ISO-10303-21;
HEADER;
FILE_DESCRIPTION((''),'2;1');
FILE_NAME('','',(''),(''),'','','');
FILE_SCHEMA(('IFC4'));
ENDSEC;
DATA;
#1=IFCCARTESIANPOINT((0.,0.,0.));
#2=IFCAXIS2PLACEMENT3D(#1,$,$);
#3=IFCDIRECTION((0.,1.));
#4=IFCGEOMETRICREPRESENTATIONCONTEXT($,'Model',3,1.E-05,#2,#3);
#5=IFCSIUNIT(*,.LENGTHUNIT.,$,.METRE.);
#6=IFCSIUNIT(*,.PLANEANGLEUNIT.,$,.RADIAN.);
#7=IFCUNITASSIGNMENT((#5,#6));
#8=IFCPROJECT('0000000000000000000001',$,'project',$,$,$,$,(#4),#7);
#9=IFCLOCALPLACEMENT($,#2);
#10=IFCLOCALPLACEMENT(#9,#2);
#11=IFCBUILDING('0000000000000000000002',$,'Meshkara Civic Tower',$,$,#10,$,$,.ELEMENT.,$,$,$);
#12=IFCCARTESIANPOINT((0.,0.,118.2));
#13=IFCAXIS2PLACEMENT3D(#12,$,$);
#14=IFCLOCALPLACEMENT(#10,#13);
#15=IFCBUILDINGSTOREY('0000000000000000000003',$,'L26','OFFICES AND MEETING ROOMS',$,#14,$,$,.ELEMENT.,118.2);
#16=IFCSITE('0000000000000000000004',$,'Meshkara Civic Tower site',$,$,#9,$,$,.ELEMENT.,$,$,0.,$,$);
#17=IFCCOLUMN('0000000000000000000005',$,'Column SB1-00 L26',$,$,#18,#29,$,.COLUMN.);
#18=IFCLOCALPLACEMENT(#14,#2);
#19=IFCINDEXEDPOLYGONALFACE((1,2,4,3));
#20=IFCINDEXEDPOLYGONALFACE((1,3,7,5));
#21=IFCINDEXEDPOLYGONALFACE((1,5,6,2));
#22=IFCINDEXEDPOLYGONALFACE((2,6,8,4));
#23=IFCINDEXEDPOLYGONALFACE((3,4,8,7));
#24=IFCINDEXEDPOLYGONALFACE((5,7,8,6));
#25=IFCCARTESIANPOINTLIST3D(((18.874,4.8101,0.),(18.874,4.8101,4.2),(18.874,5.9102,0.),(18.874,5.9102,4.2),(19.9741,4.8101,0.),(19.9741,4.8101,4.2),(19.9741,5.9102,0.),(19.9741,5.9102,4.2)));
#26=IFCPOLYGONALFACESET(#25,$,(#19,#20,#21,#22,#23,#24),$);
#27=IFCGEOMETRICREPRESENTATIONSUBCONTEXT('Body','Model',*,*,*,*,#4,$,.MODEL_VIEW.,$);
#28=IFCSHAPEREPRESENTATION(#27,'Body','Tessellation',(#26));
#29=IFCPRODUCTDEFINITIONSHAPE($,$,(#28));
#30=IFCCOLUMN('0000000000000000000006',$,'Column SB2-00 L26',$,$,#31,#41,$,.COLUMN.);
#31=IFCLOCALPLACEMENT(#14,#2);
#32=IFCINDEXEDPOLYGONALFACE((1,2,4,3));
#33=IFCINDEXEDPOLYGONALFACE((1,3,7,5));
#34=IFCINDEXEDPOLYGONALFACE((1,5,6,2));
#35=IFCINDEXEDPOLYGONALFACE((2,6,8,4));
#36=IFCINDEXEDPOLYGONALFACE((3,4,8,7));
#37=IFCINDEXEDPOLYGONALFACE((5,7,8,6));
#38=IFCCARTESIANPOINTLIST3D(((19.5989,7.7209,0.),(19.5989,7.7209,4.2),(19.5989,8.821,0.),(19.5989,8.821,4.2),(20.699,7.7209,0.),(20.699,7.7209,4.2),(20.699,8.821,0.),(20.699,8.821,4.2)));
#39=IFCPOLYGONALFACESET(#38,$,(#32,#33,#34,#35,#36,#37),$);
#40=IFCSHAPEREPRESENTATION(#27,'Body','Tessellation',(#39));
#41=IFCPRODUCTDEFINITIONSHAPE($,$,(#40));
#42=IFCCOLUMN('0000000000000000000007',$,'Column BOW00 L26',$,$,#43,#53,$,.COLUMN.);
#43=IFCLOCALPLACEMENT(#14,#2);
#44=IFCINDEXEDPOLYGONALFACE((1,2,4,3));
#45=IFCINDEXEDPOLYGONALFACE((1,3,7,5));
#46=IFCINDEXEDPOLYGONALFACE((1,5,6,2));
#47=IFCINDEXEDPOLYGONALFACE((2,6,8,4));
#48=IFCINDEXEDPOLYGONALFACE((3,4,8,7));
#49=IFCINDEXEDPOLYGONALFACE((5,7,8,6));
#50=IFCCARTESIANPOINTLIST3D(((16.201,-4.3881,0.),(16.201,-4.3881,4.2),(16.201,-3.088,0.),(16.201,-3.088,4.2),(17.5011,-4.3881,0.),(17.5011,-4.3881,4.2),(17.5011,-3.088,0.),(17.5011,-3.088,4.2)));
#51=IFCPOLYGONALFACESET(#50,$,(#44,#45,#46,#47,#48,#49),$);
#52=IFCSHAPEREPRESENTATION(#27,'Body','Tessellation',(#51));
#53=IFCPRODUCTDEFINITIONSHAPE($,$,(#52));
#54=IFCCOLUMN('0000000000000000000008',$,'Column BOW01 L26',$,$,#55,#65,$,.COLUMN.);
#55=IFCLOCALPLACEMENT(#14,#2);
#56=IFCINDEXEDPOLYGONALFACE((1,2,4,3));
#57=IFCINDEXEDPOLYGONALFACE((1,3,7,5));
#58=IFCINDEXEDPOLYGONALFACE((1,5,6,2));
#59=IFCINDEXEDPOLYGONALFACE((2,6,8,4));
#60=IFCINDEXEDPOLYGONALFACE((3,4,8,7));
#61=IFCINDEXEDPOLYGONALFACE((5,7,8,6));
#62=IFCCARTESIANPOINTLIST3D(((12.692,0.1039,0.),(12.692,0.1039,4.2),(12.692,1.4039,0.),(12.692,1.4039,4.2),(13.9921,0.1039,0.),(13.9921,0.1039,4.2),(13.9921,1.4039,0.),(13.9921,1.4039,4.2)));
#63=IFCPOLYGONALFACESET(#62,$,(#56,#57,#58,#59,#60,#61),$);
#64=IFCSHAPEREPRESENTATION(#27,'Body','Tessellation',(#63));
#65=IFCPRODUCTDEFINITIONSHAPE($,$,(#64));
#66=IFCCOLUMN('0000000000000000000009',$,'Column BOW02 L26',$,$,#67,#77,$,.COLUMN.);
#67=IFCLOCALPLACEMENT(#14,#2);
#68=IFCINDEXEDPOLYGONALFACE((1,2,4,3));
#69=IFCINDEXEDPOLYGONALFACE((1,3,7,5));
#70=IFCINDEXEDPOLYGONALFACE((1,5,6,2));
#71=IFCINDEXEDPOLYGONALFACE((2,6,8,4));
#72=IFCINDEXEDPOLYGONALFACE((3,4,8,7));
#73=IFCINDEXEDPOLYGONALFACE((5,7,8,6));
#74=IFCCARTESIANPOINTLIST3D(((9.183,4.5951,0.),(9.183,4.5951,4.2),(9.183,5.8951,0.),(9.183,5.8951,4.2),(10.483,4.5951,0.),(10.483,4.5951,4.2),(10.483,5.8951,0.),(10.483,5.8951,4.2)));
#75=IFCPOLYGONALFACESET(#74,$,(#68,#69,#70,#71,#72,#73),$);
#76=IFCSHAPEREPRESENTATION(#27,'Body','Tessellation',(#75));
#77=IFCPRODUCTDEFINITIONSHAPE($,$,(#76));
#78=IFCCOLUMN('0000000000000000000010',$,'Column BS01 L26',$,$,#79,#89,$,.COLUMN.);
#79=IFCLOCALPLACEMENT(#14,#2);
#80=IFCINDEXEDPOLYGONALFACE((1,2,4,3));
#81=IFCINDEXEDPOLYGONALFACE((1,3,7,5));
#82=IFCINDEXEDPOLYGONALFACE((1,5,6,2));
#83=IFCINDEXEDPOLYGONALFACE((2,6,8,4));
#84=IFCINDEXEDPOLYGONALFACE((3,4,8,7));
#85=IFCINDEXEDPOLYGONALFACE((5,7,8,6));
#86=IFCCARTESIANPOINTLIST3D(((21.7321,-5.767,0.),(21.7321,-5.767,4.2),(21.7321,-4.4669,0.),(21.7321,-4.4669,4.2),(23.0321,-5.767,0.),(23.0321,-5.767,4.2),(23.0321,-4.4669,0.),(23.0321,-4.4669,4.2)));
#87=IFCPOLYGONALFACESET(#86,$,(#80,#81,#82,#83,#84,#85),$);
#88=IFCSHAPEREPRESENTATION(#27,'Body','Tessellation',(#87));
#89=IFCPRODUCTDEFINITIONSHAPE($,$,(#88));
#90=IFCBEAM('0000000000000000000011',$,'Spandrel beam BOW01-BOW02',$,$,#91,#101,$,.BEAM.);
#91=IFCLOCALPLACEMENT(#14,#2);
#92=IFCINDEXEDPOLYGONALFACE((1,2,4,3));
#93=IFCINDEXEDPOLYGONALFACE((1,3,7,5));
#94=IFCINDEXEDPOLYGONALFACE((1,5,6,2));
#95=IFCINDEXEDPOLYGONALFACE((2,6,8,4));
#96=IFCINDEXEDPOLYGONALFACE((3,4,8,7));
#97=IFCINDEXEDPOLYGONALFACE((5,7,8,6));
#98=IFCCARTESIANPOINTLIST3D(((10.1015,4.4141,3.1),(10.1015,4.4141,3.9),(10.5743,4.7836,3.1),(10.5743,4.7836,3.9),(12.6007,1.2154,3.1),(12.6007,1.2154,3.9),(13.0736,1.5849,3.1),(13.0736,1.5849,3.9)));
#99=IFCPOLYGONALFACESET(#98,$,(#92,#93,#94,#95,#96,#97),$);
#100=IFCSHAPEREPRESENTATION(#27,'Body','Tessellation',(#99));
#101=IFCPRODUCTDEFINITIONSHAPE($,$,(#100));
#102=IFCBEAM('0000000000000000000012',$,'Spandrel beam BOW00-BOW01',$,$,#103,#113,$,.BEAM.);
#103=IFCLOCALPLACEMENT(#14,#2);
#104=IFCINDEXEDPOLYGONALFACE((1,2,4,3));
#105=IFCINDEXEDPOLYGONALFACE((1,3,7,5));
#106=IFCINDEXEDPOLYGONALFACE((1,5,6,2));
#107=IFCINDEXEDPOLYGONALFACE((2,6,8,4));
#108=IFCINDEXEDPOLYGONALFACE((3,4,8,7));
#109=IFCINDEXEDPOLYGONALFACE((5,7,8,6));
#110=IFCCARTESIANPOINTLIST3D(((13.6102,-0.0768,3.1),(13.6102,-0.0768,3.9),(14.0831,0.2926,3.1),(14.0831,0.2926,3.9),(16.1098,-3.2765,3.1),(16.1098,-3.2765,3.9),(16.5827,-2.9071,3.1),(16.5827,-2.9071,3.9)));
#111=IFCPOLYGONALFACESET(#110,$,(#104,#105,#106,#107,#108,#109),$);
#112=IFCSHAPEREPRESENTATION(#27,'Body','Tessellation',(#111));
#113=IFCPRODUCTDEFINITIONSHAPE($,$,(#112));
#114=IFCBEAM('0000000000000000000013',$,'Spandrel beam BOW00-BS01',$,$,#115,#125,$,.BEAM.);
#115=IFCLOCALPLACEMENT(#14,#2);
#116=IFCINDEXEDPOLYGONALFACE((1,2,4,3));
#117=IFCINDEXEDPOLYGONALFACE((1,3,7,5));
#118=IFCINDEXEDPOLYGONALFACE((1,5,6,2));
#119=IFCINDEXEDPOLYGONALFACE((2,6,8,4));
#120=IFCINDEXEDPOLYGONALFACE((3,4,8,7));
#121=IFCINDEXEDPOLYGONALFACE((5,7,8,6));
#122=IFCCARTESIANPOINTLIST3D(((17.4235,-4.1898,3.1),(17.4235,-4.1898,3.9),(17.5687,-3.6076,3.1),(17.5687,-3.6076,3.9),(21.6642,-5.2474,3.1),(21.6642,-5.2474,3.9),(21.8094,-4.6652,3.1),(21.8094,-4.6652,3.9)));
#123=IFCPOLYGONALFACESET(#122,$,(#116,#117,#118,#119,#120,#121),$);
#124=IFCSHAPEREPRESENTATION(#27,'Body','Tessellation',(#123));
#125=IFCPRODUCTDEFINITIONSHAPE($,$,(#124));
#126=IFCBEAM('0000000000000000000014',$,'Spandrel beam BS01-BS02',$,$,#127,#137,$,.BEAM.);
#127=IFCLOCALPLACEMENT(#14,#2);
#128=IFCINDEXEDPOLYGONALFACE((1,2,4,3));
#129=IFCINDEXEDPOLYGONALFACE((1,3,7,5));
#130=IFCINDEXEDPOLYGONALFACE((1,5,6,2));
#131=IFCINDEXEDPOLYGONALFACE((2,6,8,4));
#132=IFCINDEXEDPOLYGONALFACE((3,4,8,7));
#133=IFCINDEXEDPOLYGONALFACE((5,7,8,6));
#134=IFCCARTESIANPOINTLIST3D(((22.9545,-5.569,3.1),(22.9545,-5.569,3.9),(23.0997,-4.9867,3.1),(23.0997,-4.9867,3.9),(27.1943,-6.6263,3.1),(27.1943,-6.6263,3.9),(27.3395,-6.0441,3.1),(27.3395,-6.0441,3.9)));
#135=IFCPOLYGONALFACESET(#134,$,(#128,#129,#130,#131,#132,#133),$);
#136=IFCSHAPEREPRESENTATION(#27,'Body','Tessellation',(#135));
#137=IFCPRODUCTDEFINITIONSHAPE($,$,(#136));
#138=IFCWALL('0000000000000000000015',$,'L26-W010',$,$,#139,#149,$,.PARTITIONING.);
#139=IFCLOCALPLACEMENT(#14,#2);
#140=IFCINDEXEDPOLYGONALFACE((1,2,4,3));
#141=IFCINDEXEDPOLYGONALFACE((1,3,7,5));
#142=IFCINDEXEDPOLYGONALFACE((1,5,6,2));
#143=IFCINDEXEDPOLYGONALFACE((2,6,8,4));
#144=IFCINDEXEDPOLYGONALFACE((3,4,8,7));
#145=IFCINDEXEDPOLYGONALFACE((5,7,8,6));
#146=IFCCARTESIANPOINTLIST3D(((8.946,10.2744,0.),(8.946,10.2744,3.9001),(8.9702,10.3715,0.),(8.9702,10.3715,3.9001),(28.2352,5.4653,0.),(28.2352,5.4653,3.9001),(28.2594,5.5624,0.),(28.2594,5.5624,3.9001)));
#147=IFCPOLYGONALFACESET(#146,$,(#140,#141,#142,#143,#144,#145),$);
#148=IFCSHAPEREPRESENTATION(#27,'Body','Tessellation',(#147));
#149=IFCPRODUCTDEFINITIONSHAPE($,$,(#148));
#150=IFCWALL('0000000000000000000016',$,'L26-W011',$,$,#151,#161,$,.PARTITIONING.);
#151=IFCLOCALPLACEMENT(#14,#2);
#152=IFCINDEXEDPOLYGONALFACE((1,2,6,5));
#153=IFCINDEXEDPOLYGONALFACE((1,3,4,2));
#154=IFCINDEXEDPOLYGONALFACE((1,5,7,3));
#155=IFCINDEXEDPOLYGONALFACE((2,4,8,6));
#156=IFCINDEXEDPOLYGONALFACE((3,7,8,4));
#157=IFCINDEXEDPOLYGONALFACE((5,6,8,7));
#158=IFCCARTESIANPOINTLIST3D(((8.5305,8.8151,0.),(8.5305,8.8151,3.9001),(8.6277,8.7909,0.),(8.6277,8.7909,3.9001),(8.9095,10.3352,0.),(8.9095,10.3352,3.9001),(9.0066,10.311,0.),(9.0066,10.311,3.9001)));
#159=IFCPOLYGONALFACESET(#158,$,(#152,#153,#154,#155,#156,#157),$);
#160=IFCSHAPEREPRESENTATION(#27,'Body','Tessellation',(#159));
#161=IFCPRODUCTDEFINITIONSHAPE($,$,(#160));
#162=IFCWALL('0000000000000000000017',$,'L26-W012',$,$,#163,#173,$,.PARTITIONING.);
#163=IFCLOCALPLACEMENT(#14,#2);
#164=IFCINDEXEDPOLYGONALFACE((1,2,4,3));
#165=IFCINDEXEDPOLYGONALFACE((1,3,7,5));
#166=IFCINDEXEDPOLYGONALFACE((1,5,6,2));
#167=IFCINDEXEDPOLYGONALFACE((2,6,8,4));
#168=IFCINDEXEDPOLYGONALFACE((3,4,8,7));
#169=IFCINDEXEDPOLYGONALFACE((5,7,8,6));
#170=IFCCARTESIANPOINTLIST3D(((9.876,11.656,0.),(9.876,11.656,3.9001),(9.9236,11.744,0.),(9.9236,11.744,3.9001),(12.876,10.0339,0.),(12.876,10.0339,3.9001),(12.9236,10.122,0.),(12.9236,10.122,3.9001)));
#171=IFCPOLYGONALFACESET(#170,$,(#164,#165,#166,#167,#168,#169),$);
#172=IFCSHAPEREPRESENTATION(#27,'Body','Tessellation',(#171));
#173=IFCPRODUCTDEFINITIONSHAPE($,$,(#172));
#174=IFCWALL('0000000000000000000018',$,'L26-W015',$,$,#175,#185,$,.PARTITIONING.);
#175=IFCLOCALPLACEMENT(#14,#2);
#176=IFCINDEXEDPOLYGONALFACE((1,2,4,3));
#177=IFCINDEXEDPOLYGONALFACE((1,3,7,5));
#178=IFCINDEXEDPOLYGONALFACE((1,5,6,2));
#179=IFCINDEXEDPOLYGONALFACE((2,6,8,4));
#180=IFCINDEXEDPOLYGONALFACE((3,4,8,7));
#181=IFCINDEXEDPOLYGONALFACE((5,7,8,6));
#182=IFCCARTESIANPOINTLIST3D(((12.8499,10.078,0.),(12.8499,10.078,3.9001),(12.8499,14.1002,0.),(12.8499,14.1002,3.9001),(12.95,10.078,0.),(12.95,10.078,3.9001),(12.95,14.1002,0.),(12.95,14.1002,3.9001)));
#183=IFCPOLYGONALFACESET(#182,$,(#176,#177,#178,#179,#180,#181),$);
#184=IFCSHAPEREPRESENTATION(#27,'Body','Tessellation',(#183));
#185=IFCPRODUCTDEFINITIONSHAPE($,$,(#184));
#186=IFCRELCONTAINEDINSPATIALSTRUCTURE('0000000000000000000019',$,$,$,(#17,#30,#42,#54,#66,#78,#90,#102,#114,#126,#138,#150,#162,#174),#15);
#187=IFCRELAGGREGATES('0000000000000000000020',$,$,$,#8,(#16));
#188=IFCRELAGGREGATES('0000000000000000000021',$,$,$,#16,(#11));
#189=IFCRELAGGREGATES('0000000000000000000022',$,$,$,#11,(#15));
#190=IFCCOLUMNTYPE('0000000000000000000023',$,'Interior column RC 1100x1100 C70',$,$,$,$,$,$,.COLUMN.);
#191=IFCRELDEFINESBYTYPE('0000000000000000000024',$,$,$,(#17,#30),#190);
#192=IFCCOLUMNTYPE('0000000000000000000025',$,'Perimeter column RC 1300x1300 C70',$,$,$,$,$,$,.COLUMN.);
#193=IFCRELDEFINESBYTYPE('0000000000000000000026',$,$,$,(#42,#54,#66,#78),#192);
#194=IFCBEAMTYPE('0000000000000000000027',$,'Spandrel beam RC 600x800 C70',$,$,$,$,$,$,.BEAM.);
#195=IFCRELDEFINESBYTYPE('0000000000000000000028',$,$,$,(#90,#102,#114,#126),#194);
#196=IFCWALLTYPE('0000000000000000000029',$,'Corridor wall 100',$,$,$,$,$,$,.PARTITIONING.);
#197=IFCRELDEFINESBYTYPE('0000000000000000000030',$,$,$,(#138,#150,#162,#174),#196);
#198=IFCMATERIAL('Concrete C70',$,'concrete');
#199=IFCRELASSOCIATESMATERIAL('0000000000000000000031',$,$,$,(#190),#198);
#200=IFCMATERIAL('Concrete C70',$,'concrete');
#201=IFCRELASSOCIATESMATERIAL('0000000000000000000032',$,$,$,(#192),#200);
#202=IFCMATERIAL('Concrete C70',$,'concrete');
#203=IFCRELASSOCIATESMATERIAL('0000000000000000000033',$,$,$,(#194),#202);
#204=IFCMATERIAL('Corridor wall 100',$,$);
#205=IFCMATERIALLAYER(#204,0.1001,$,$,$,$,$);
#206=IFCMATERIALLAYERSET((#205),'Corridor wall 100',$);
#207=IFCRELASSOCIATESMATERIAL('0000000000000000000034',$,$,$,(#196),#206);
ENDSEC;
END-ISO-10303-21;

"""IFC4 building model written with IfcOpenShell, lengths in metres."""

from ifc_helpers import new_model, si_unit, direction, frame, frame_2d, origin, origin_2d, place, context, subcontext, project, spatial, rectangle, extrude, material, layer, layer_set, material_profile, profile_set, type_object, element, save


model = new_model("IFC4")

# Units and contexts
model_context = context("Model", 3, precision=1e-05, world=origin(), true_north=direction((0.0, 1.0)))
body_context = subcontext(model_context, "Body", "Model", "MODEL_VIEW")
ifc_project = project(units=[si_unit("LENGTHUNIT", "METRE"), si_unit("PLANEANGLEUNIT", "RADIAN")], contexts=[model_context])

# Site, building, storey
site_placement = place(None, origin())
site = spatial("IfcSite", under=ifc_project, at=site_placement, Name="Meshkara Civic Tower site", CompositionType="ELEMENT", RefElevation=0.0)
building_placement = place(site_placement, origin())
building = spatial("IfcBuilding", under=site, at=building_placement, Name="Meshkara Civic Tower", CompositionType="ELEMENT")
storey_placement = place(building_placement, frame((0.0, 0.0, 118.2)))
storey = spatial("IfcBuildingStorey", under=building, at=storey_placement, Name="L26", Description="OFFICES AND MEETING ROOMS", CompositionType="ELEMENT", Elevation=118.2)

# Columns
ifc_material_1 = material(Name="Concrete C70", Category="concrete")
ifc_material_profile_1 = material_profile(ifc_material_1, rectangle(XDim=1.1001, YDim=1.1001, at=origin_2d()))
ifc_profile_set_1 = profile_set([ifc_material_profile_1], Name="Concrete C70")
column_type_1 = type_object("IfcColumnType", Name="Interior column RC 1100x1100 C70", PredefinedType="COLUMN", material=ifc_profile_set_1)
for number, where, z_axis, x_axis, name in (
    (1, (19.4241, 5.3601, 0.0), (0.0, 0.0, 1.0), (1.0, 0.0, 0.0), "Column SB1-00 L26"),
    (2, (20.1489, 8.271, 0.0), (0.0, 0.0, 1.0), (1.0, 0.0, 0.0), "Column SB2-00 L26"),
):
    element("IfcColumn", number, at=place(storey_placement, frame(where, z_axis=z_axis, x_axis=x_axis)), inside=storey, type_object=column_type_1, Name=name, PredefinedType="COLUMN", context=body_context, shape_type="SweptSolid", body=[
        extrude(rectangle(XDim=1.1001, YDim=1.1001, at=origin_2d()), origin(), (0.0, 0.0, 1.0), 4.2),
    ])
ifc_material_2 = material(Name="Concrete C70", Category="concrete")
ifc_material_profile_2 = material_profile(ifc_material_2, rectangle(XDim=1.3, YDim=1.3, at=origin_2d()))
ifc_profile_set_2 = profile_set([ifc_material_profile_2], Name="Concrete C70")
column_type_2 = type_object("IfcColumnType", Name="Perimeter column RC 1300x1300 C70", PredefinedType="COLUMN", material=ifc_profile_set_2)
for number, where, z_axis, x_axis, name in (
    (3, (16.8511, -3.738, 0.0), (0.0, 0.0, 1.0), (1.0, 0.0, 0.0), "Column BOW00 L26"),
    (4, (13.342, 0.7539, 0.0), (0.0, 0.0, 1.0), (1.0, 0.0, 0.0), "Column BOW01 L26"),
    (5, (9.833, 5.2451, 0.0), (0.0, 0.0, 1.0), (1.0, 0.0, 0.0), "Column BOW02 L26"),
    (6, (22.3821, -5.1169, 0.0), (0.0, 0.0, 1.0), (1.0, 0.0, 0.0), "Column BS01 L26"),
):
    element("IfcColumn", number, at=place(storey_placement, frame(where, z_axis=z_axis, x_axis=x_axis)), inside=storey, type_object=column_type_2, Name=name, PredefinedType="COLUMN", context=body_context, shape_type="SweptSolid", body=[
        extrude(rectangle(XDim=1.3, YDim=1.3, at=origin_2d()), origin(), (0.0, 0.0, 1.0), 4.2),
    ])

# Beams
ifc_material_3 = material(Name="Concrete C70", Category="concrete")
ifc_material_profile_3 = material_profile(ifc_material_3, rectangle(XDim=0.6001, YDim=0.8, at=origin_2d()))
ifc_profile_set_3 = profile_set([ifc_material_profile_3], Name="Concrete C70")
beam_type = type_object("IfcBeamType", Name="Spandrel beam RC 600x800 C70", PredefinedType="BEAM", material=ifc_profile_set_3)
beam_1_placement = place(storey_placement, frame((10.3379, 4.5989, 3.5), z_axis=(0.615684, -0.787993, 0.0), x_axis=(0.787993, 0.615684, 0.0)))
element("IfcBeam", 7, at=beam_1_placement, inside=storey, type_object=beam_type, Name="Spandrel beam BOW01-BOW02", PredefinedType="BEAM", context=body_context, shape_type="SweptSolid", body=[
    extrude(rectangle(XDim=0.6001, YDim=0.8, at=origin_2d()), origin(), (0.0, 0.0, 1.0), 4.0593),
])
beam_2_placement = place(storey_placement, frame((13.8467, 0.1079, 3.5), z_axis=(0.615604, -0.788055, 0.0), x_axis=(0.788055, 0.615604, 0.0)))
element("IfcBeam", 8, at=beam_2_placement, inside=storey, type_object=beam_type, Name="Spandrel beam BOW00-BOW01", PredefinedType="BEAM", context=body_context, shape_type="SweptSolid", body=[
    extrude(rectangle(XDim=0.6001, YDim=0.8, at=origin_2d()), origin(), (0.0, 0.0, 1.0), 4.0603),
])
beam_3_placement = place(storey_placement, frame((17.4961, -3.8987, 3.5), z_axis=(0.97028, -0.241984, 0.0), x_axis=(0.241984, 0.97028, 0.0)))
element("IfcBeam", 9, at=beam_3_placement, inside=storey, type_object=beam_type, Name="Spandrel beam BOW00-BS01", PredefinedType="BEAM", context=body_context, shape_type="SweptSolid", body=[
    extrude(rectangle(XDim=0.6001, YDim=0.8, at=origin_2d()), origin(), (0.0, 0.0, 1.0), 4.3706),
])
beam_4_placement = place(storey_placement, frame((23.0271, -5.2778, 3.5), z_axis=(0.97028, -0.241983, 0.0), x_axis=(0.241983, 0.97028, 0.0)))
element("IfcBeam", 10, at=beam_4_placement, inside=storey, type_object=beam_type, Name="Spandrel beam BS01-BS02", PredefinedType="BEAM", context=body_context, shape_type="SweptSolid", body=[
    extrude(rectangle(XDim=0.6001, YDim=0.8, at=origin_2d()), origin(), (0.0, 0.0, 1.0), 4.3696),
])

# Walls
ifc_material_4 = material(Name="Corridor wall 100")
ifc_layer_1 = layer(ifc_material_4, 0.1001)
ifc_layer_set_1 = layer_set([ifc_layer_1], Name="Corridor wall 100")
wall_type_1 = type_object("IfcWallType", Name="Corridor wall 100", PredefinedType="PARTITIONING", material=ifc_layer_set_1)
wall_1_placement = place(storey_placement, frame((8.958, 10.323, 0.0), z_axis=(0.0, 0.0, 1.0), x_axis=(0.970298, -0.241911, 0.0)))
element("IfcWall", 11, at=wall_1_placement, inside=storey, type_object=wall_type_1, Name="L26-W010", PredefinedType="PARTITIONING", context=body_context, shape_type="SweptSolid", body=[
    extrude(rectangle(XDim=19.8796, YDim=0.1001, at=frame_2d((9.9399, 0.0))), origin(), (0.0, 0.0, 1.0), 3.9001),
])
wall_2_placement = place(storey_placement, frame((8.958, 10.323, 0.0), z_axis=(0.0, 0.0, 1.0), x_axis=(-0.241876, -0.970307, 0.0)))
element("IfcWall", 12, at=wall_2_placement, inside=storey, type_object=wall_type_1, Name="L26-W011", PredefinedType="PARTITIONING", context=body_context, shape_type="SweptSolid", body=[
    extrude(rectangle(XDim=1.5667, YDim=0.1001, at=frame_2d((0.7832, 0.0))), origin(), (0.0, 0.0, 1.0), 3.9001),
])
wall_3_placement = place(storey_placement, frame((9.8999, 11.7, 0.0), z_axis=(0.0, 0.0, 1.0), x_axis=(0.879651, -0.475619, 0.0)))
element("IfcWall", 13, at=wall_3_placement, inside=storey, type_object=wall_type_1, Name="L26-W012", PredefinedType="PARTITIONING", context=body_context, shape_type="SweptSolid", body=[
    extrude(rectangle(XDim=3.4104, YDim=0.1001, at=frame_2d((1.7051, 0.0))), origin(), (0.0, 0.0, 1.0), 3.9001),
])
wall_4_placement = place(storey_placement, frame((12.8999, 10.0779, 0.0), z_axis=(0.0, 0.0, 1.0), x_axis=(0.0, 1.0, 0.0)))
element("IfcWall", 14, at=wall_4_placement, inside=storey, type_object=wall_type_1, Name="L26-W015", PredefinedType="PARTITIONING", context=body_context, shape_type="SweptSolid", body=[
    extrude(rectangle(XDim=4.0222, YDim=0.1001, at=frame_2d((2.0112, 0.0))), origin(), (0.0, 0.0, 1.0), 3.9001),
])

save(model, "model.ifc")
